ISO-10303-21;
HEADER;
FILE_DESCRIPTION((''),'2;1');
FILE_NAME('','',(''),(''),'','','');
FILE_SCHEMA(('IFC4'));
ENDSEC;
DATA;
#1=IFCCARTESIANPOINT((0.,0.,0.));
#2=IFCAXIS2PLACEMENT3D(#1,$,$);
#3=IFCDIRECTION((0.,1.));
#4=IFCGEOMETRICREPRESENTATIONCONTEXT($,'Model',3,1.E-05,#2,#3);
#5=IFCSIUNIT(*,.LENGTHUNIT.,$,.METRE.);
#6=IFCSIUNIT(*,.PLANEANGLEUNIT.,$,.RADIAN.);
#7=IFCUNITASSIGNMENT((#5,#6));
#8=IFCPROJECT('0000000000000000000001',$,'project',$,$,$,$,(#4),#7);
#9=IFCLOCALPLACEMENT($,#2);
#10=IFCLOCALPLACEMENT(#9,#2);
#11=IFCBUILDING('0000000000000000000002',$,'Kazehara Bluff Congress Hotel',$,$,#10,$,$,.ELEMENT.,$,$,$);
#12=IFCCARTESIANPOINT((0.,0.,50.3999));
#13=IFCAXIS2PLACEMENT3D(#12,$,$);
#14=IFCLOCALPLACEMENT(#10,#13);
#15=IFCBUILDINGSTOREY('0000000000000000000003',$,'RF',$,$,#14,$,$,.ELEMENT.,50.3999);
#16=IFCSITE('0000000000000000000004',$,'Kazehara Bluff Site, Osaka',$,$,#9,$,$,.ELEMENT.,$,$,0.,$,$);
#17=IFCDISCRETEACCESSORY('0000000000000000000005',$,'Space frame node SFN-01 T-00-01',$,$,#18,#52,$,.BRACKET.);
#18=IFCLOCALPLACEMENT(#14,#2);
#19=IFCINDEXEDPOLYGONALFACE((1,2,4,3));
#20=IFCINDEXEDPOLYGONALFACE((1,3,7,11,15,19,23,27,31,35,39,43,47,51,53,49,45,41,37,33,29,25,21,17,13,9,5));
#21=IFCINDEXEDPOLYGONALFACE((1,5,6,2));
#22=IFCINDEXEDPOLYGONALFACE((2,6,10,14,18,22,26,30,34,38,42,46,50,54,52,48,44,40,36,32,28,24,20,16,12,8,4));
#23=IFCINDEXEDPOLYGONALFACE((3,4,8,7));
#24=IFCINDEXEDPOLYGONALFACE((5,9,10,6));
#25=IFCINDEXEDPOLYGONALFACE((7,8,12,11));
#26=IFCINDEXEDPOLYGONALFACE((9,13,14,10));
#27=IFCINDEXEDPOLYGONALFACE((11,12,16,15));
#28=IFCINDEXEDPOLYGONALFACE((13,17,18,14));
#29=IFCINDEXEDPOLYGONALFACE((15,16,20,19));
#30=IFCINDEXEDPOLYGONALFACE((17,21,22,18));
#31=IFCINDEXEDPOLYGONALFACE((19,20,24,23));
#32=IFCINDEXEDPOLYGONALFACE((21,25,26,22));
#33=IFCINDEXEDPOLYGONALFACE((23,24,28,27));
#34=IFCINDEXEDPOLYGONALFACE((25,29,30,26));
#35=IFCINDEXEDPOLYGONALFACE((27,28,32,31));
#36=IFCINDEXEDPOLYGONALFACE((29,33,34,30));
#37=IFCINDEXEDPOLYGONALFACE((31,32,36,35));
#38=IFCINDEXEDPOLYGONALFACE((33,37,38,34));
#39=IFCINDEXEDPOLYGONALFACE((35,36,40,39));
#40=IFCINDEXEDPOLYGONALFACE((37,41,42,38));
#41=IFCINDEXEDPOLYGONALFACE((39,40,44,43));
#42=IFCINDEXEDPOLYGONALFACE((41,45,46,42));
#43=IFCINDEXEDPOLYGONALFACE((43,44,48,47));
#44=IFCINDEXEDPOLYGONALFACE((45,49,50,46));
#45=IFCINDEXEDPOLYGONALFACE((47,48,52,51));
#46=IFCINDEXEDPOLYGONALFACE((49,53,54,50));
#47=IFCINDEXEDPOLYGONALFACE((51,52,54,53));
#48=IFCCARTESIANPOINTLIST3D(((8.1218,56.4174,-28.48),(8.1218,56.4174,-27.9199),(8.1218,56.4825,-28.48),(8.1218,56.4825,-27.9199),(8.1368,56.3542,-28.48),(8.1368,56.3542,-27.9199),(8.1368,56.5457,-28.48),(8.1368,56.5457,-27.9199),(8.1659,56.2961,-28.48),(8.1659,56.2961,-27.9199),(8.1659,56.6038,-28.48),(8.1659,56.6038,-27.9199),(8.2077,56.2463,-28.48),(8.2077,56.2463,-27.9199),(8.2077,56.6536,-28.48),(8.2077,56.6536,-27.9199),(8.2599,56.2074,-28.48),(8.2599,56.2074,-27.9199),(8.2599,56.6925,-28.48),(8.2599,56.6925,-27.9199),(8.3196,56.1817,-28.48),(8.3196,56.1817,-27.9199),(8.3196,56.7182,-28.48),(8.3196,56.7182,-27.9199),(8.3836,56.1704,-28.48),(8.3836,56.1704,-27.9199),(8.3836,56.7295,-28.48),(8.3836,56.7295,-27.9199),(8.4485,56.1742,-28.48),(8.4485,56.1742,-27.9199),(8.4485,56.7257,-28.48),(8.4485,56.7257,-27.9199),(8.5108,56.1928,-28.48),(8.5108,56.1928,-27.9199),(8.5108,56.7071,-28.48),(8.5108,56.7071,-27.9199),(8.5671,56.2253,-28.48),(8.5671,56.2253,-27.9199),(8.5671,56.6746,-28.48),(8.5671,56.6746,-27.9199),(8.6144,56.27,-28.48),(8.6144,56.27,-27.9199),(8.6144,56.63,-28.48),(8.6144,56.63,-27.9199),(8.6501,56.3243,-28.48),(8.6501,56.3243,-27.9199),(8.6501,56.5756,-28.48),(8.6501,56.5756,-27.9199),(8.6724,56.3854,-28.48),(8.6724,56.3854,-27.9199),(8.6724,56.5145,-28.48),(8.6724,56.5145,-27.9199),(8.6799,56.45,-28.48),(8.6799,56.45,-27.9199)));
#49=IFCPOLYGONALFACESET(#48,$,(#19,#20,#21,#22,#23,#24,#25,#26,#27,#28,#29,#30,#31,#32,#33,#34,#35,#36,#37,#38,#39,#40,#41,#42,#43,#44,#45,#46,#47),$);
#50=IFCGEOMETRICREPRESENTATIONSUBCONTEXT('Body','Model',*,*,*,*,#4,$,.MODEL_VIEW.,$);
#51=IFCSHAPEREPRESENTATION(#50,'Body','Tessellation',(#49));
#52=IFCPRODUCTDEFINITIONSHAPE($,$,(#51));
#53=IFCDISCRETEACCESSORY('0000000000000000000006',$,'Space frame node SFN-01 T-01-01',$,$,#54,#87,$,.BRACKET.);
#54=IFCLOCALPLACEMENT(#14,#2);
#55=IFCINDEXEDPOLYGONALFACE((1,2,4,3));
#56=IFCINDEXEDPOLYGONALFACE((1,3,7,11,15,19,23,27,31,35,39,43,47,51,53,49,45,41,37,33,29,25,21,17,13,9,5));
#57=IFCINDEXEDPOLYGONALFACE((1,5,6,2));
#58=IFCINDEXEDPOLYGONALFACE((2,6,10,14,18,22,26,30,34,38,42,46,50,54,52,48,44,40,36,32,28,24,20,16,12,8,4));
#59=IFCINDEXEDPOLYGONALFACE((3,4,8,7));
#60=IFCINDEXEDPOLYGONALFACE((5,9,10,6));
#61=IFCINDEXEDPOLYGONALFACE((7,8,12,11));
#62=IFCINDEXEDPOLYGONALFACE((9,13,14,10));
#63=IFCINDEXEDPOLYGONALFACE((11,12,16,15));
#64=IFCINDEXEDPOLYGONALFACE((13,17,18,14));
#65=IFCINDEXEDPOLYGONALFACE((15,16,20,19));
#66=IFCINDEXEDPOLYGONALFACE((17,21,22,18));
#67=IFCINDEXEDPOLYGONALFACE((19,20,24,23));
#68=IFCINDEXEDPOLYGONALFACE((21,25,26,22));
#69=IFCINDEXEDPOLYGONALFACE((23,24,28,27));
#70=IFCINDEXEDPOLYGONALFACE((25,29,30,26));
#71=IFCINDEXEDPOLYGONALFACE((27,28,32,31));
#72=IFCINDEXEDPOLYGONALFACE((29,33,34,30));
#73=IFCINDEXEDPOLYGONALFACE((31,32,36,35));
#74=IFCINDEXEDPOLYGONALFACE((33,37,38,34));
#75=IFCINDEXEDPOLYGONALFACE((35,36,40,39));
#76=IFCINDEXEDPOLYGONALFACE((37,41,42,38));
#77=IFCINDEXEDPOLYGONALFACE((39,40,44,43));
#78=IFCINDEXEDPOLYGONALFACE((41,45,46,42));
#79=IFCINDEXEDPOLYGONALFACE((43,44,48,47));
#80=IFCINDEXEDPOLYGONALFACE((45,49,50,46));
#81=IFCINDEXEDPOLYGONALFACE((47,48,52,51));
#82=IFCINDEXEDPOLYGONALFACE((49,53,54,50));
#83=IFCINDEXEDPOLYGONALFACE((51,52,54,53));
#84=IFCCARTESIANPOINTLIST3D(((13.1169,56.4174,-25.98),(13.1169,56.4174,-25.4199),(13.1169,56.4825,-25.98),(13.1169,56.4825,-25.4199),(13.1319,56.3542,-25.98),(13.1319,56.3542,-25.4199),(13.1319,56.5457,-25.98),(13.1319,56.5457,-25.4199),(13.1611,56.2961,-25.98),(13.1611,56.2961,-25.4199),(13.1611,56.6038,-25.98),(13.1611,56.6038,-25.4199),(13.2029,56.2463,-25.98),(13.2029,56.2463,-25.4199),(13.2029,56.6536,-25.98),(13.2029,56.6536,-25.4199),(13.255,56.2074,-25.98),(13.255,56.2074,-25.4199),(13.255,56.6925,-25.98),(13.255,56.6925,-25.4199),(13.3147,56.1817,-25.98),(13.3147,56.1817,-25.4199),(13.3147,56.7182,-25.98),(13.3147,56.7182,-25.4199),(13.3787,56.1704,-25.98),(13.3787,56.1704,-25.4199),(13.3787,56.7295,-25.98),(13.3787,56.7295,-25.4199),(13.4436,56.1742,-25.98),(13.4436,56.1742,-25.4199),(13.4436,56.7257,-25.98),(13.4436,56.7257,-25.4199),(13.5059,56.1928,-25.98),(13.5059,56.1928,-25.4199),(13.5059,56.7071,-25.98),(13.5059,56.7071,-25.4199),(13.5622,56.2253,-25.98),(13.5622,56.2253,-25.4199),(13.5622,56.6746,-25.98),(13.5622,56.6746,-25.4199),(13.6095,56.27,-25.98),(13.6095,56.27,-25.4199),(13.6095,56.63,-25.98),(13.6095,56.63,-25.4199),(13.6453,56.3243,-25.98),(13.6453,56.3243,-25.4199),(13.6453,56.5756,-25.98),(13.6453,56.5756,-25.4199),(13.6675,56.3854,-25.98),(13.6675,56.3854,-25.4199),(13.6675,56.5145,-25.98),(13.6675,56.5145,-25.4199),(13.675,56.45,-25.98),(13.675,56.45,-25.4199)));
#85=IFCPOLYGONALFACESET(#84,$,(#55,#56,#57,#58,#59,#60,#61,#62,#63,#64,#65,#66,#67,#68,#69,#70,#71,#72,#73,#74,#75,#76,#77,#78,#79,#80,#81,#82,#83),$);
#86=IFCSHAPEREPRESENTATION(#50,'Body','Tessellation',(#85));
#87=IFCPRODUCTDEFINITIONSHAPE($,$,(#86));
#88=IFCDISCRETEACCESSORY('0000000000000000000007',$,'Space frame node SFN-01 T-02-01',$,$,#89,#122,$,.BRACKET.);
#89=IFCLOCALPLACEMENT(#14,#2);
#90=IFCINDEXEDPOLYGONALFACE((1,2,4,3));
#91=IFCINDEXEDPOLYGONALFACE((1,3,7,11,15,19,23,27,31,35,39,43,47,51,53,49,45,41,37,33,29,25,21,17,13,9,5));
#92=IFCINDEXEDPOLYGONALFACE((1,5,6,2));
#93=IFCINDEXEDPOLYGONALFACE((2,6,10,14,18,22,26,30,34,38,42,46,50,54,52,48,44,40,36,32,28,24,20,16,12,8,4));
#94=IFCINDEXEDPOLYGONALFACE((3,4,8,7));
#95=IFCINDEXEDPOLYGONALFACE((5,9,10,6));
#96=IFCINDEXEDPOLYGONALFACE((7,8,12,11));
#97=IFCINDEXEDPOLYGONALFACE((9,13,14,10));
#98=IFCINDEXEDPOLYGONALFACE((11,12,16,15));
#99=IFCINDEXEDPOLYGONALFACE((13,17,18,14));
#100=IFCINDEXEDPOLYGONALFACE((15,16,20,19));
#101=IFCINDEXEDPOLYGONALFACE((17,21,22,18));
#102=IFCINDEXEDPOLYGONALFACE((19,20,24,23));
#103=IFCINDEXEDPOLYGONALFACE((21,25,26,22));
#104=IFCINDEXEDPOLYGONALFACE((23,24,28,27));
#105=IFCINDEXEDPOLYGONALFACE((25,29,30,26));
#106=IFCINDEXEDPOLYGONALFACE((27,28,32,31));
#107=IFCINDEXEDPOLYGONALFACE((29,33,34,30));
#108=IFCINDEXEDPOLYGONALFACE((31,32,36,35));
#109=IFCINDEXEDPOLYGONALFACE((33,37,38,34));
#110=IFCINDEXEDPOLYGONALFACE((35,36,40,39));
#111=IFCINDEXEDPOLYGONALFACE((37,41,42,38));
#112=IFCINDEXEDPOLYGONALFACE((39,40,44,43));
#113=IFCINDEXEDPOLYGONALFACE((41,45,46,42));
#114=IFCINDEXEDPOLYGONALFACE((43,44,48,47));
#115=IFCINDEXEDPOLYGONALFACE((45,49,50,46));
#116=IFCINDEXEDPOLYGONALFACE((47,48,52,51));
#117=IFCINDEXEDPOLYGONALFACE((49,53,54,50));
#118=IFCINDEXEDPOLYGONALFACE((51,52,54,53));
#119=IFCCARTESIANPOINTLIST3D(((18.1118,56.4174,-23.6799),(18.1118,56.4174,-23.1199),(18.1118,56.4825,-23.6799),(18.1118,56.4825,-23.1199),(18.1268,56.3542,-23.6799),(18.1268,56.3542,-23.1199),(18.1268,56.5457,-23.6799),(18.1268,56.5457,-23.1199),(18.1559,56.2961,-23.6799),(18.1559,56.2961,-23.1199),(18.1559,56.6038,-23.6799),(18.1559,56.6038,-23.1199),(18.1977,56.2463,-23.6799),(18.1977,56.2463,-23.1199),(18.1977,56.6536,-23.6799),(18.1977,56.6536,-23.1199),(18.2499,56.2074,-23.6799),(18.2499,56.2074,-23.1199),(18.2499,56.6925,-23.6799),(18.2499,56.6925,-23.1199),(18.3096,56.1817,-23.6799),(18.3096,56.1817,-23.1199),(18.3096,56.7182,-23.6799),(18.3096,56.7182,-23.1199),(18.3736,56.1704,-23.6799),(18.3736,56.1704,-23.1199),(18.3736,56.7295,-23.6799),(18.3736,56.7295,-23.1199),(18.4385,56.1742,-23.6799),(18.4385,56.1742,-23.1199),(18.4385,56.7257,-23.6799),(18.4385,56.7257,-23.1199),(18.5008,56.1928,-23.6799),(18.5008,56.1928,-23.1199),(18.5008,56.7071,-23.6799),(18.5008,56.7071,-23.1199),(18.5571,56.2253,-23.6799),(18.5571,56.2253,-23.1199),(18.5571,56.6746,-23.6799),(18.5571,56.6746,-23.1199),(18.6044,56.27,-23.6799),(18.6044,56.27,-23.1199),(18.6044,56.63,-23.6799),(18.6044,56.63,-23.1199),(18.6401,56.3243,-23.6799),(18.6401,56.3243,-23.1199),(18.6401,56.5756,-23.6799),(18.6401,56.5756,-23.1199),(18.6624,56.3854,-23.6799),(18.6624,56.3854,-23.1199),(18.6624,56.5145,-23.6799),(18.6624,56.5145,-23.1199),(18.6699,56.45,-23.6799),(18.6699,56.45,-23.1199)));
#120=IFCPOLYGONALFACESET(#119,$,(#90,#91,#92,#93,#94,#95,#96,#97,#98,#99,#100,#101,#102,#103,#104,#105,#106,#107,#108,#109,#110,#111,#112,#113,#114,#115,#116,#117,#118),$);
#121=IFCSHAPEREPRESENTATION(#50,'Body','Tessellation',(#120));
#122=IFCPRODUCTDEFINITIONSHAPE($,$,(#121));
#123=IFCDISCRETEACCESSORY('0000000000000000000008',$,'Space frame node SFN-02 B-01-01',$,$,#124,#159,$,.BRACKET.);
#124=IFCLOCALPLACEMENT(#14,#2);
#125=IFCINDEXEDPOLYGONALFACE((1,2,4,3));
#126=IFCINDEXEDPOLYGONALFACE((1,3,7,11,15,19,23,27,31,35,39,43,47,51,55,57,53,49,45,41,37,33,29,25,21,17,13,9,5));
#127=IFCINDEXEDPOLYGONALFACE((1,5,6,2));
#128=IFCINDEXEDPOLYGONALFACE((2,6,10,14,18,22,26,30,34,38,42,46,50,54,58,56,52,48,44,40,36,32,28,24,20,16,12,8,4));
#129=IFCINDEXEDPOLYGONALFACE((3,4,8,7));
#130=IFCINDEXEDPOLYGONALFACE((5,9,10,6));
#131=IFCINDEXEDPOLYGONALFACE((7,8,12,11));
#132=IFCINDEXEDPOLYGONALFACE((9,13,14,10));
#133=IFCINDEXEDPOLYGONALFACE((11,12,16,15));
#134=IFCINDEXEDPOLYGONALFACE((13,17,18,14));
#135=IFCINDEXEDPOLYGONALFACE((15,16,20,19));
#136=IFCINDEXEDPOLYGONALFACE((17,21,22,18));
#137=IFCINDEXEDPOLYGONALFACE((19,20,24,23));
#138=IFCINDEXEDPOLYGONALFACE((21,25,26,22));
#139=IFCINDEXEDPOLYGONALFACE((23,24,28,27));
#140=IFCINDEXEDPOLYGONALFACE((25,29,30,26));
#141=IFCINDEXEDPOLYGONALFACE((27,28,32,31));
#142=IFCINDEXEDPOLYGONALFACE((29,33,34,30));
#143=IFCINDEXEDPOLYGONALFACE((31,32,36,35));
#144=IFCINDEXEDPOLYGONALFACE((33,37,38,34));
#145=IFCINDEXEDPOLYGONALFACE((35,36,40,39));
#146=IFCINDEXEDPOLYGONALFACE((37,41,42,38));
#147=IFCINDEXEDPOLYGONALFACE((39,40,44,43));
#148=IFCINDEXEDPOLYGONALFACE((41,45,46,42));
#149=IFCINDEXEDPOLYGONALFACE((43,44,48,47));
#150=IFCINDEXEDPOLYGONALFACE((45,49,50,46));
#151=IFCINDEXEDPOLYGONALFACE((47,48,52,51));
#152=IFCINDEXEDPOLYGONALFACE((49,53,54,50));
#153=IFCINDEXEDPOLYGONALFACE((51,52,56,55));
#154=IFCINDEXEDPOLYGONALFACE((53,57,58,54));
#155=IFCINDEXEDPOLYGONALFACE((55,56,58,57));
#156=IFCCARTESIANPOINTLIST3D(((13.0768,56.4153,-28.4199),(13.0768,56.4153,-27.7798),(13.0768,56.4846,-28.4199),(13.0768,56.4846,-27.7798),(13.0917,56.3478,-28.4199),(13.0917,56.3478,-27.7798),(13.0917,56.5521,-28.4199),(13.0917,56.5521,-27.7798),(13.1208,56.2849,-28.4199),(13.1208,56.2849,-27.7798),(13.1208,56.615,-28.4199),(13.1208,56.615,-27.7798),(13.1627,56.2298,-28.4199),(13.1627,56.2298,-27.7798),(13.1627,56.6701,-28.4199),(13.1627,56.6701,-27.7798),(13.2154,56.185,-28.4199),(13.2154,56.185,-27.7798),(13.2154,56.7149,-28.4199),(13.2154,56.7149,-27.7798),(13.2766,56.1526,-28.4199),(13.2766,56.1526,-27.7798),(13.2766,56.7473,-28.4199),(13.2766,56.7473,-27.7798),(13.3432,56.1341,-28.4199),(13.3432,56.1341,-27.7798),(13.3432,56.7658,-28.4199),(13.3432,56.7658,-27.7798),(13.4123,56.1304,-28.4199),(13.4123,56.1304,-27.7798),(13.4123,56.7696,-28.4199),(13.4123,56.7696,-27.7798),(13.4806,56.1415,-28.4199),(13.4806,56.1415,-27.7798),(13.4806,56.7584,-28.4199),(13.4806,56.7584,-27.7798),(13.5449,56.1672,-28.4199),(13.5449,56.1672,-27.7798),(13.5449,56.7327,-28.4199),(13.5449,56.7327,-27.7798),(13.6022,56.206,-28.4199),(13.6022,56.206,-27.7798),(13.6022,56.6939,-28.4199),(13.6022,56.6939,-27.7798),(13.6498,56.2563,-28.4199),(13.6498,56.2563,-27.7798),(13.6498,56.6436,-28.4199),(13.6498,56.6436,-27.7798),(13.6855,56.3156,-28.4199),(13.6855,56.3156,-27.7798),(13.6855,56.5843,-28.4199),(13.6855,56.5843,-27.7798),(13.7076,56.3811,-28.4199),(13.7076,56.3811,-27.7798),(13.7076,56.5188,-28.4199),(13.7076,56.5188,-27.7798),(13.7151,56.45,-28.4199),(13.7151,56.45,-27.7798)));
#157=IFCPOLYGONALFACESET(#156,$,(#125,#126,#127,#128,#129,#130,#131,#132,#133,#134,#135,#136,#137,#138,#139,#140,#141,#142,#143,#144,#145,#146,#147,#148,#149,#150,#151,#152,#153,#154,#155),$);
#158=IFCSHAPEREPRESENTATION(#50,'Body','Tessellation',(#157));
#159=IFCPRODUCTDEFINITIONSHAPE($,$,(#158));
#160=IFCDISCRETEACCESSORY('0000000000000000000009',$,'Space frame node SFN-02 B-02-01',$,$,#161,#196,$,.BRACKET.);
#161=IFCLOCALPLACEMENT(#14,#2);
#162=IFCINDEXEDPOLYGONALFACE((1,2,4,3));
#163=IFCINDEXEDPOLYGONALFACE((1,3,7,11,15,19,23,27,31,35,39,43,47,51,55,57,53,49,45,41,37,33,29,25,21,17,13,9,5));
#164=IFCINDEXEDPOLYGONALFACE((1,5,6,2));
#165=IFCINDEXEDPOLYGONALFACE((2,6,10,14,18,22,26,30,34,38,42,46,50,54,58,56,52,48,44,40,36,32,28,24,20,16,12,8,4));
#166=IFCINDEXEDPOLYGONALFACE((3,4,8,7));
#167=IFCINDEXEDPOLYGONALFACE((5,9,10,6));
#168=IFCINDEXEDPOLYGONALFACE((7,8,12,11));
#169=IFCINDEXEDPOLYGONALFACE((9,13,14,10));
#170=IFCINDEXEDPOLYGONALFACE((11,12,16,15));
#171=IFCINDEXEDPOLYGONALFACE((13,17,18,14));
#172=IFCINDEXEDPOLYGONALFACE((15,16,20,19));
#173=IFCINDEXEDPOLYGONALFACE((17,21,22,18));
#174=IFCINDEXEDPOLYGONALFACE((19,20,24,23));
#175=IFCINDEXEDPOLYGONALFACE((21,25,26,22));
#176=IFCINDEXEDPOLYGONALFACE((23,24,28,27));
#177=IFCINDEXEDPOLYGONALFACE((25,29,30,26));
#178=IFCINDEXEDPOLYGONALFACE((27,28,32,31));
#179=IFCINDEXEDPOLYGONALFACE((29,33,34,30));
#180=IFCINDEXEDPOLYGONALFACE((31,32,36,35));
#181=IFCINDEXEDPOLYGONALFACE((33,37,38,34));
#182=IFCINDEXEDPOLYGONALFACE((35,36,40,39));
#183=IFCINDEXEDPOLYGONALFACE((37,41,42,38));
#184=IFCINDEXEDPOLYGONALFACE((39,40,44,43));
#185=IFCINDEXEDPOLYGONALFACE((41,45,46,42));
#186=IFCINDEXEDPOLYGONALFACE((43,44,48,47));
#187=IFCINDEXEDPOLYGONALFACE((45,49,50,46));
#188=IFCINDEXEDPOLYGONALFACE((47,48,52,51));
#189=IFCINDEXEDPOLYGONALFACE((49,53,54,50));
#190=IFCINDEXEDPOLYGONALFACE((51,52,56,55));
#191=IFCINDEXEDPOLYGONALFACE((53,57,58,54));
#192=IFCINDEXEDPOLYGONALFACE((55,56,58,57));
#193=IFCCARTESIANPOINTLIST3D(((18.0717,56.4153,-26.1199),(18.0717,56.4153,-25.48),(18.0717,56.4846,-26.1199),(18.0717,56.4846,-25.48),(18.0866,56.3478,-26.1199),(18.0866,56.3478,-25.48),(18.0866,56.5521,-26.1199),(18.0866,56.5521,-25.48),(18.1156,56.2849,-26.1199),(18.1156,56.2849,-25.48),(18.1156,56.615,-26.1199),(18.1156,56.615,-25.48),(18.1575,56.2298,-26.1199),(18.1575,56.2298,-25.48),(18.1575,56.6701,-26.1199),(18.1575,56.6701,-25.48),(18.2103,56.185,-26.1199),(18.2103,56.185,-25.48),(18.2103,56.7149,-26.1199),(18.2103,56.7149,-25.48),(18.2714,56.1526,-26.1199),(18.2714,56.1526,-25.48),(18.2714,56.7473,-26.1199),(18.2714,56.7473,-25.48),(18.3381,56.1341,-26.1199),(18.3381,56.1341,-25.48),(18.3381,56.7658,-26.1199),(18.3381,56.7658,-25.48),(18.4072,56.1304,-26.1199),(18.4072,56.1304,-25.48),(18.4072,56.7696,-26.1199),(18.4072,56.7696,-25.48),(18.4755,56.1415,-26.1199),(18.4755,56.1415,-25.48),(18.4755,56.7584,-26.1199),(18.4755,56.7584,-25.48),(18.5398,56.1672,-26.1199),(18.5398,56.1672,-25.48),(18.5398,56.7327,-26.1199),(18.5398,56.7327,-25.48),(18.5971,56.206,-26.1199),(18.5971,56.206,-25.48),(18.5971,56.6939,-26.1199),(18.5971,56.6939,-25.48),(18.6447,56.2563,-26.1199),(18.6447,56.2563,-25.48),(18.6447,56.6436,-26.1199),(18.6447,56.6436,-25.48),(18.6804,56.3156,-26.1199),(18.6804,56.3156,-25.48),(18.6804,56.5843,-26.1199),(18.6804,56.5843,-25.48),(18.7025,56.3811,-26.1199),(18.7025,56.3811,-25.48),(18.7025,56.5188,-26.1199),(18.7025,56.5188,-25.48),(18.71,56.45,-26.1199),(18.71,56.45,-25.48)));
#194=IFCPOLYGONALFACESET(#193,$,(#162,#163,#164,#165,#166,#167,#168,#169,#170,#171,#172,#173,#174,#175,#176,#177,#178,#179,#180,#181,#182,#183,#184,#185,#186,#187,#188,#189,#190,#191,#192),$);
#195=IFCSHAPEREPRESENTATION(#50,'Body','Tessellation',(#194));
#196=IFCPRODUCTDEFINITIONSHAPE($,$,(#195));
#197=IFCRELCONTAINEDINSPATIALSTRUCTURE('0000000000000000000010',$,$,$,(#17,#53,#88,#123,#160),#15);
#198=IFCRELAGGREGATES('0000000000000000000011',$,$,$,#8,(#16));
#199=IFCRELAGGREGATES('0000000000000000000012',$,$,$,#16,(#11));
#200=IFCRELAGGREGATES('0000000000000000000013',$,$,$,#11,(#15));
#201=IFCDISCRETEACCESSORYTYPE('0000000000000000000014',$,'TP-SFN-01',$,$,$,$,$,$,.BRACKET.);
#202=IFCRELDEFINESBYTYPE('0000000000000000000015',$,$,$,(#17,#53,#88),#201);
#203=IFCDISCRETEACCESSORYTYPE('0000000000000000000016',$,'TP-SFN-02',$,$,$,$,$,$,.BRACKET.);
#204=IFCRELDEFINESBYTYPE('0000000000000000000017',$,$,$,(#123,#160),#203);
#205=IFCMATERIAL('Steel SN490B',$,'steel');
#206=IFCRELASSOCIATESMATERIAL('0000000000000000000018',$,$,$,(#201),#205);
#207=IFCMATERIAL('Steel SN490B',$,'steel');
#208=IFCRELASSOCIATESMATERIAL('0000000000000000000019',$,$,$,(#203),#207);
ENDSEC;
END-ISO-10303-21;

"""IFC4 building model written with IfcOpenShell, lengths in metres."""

from ifc_helpers import new_model, si_unit, direction, frame, origin, origin_2d, place, context, subcontext, project, spatial, circle, extrude, material, material_profile, profile_set, type_object, element, save


model = new_model("IFC4")

# Units and contexts
model_context = context("Model", 3, precision=1e-05, world=origin(), true_north=direction((0.0, 1.0)))
body_context = subcontext(model_context, "Body", "Model", "MODEL_VIEW")
ifc_project = project(units=[si_unit("LENGTHUNIT", "METRE"), si_unit("PLANEANGLEUNIT", "RADIAN")], contexts=[model_context])

# Site, building, storey
site_placement = place(None, origin())
site = spatial("IfcSite", under=ifc_project, at=site_placement, Name="Kazehara Bluff Site, Osaka", CompositionType="ELEMENT", RefElevation=0.0)
building_placement = place(site_placement, origin())
building = spatial("IfcBuilding", under=site, at=building_placement, Name="Kazehara Bluff Congress Hotel", CompositionType="ELEMENT")
storey_placement = place(building_placement, frame((0.0, 0.0, 50.3999)))
storey = spatial("IfcBuildingStorey", under=building, at=storey_placement, Name="RF", CompositionType="ELEMENT", Elevation=50.3999)

# Discrete accessories
ifc_material_1 = material(Name="Steel SN490B", Category="steel")
ifc_material_profile_1 = material_profile(ifc_material_1, circle(Radius=0.28, at=origin_2d()))
ifc_profile_set_1 = profile_set([ifc_material_profile_1], Name="Steel SN490B")
discrete_accessory_type_1 = type_object("IfcDiscreteAccessoryType", Name="TP-SFN-01", PredefinedType="BRACKET", material=ifc_profile_set_1)
for number, where, z_axis, x_axis, name in (
    (1, (8.3999, 56.45, -28.48), (0.0, 0.0, 1.0), (1.0, 0.0, 0.0), "Space frame node SFN-01 T-00-01"),
    (2, (13.395, 56.45, -25.98), (0.0, 0.0, 1.0), (1.0, 0.0, 0.0), "Space frame node SFN-01 T-01-01"),
    (3, (18.3899, 56.45, -23.6799), (0.0, 0.0, 1.0), (1.0, 0.0, 0.0), "Space frame node SFN-01 T-02-01"),
):
    element("IfcDiscreteAccessory", number, at=place(storey_placement, frame(where, z_axis=z_axis, x_axis=x_axis)), inside=storey, type_object=discrete_accessory_type_1, Name=name, PredefinedType="BRACKET", context=body_context, shape_type="SweptSolid", body=[
        extrude(circle(Radius=0.28, at=origin_2d()), origin(), (0.0, 0.0, 1.0), 0.5601),
    ])
ifc_material_2 = material(Name="Steel SN490B", Category="steel")
ifc_material_profile_2 = material_profile(ifc_material_2, circle(Radius=0.3201, at=origin_2d()))
ifc_profile_set_2 = profile_set([ifc_material_profile_2], Name="Steel SN490B")
discrete_accessory_type_2 = type_object("IfcDiscreteAccessoryType", Name="TP-SFN-02", PredefinedType="BRACKET", material=ifc_profile_set_2)
discrete_accessory_1_placement = place(storey_placement, frame((13.395, 56.45, -28.4199), z_axis=(0.0, 0.0, 1.0), x_axis=(1.0, 0.0, 0.0)))
element("IfcDiscreteAccessory", 4, at=discrete_accessory_1_placement, inside=storey, type_object=discrete_accessory_type_2, Name="Space frame node SFN-02 B-01-01", PredefinedType="BRACKET", context=body_context, shape_type="SweptSolid", body=[
    extrude(circle(Radius=0.3201, at=origin_2d()), origin(), (0.0, 0.0, 1.0), 0.6401),
])
discrete_accessory_2_placement = place(storey_placement, frame((18.3899, 56.45, -26.1199), z_axis=(0.0, 0.0, 1.0), x_axis=(1.0, 0.0, 0.0)))
element("IfcDiscreteAccessory", 5, at=discrete_accessory_2_placement, inside=storey, type_object=discrete_accessory_type_2, Name="Space frame node SFN-02 B-02-01", PredefinedType="BRACKET", context=body_context, shape_type="SweptSolid", body=[
    extrude(circle(Radius=0.3201, at=origin_2d()), origin(), (0.0, 0.0, 1.0), 0.6399),
])

save(model, "model.ifc")
